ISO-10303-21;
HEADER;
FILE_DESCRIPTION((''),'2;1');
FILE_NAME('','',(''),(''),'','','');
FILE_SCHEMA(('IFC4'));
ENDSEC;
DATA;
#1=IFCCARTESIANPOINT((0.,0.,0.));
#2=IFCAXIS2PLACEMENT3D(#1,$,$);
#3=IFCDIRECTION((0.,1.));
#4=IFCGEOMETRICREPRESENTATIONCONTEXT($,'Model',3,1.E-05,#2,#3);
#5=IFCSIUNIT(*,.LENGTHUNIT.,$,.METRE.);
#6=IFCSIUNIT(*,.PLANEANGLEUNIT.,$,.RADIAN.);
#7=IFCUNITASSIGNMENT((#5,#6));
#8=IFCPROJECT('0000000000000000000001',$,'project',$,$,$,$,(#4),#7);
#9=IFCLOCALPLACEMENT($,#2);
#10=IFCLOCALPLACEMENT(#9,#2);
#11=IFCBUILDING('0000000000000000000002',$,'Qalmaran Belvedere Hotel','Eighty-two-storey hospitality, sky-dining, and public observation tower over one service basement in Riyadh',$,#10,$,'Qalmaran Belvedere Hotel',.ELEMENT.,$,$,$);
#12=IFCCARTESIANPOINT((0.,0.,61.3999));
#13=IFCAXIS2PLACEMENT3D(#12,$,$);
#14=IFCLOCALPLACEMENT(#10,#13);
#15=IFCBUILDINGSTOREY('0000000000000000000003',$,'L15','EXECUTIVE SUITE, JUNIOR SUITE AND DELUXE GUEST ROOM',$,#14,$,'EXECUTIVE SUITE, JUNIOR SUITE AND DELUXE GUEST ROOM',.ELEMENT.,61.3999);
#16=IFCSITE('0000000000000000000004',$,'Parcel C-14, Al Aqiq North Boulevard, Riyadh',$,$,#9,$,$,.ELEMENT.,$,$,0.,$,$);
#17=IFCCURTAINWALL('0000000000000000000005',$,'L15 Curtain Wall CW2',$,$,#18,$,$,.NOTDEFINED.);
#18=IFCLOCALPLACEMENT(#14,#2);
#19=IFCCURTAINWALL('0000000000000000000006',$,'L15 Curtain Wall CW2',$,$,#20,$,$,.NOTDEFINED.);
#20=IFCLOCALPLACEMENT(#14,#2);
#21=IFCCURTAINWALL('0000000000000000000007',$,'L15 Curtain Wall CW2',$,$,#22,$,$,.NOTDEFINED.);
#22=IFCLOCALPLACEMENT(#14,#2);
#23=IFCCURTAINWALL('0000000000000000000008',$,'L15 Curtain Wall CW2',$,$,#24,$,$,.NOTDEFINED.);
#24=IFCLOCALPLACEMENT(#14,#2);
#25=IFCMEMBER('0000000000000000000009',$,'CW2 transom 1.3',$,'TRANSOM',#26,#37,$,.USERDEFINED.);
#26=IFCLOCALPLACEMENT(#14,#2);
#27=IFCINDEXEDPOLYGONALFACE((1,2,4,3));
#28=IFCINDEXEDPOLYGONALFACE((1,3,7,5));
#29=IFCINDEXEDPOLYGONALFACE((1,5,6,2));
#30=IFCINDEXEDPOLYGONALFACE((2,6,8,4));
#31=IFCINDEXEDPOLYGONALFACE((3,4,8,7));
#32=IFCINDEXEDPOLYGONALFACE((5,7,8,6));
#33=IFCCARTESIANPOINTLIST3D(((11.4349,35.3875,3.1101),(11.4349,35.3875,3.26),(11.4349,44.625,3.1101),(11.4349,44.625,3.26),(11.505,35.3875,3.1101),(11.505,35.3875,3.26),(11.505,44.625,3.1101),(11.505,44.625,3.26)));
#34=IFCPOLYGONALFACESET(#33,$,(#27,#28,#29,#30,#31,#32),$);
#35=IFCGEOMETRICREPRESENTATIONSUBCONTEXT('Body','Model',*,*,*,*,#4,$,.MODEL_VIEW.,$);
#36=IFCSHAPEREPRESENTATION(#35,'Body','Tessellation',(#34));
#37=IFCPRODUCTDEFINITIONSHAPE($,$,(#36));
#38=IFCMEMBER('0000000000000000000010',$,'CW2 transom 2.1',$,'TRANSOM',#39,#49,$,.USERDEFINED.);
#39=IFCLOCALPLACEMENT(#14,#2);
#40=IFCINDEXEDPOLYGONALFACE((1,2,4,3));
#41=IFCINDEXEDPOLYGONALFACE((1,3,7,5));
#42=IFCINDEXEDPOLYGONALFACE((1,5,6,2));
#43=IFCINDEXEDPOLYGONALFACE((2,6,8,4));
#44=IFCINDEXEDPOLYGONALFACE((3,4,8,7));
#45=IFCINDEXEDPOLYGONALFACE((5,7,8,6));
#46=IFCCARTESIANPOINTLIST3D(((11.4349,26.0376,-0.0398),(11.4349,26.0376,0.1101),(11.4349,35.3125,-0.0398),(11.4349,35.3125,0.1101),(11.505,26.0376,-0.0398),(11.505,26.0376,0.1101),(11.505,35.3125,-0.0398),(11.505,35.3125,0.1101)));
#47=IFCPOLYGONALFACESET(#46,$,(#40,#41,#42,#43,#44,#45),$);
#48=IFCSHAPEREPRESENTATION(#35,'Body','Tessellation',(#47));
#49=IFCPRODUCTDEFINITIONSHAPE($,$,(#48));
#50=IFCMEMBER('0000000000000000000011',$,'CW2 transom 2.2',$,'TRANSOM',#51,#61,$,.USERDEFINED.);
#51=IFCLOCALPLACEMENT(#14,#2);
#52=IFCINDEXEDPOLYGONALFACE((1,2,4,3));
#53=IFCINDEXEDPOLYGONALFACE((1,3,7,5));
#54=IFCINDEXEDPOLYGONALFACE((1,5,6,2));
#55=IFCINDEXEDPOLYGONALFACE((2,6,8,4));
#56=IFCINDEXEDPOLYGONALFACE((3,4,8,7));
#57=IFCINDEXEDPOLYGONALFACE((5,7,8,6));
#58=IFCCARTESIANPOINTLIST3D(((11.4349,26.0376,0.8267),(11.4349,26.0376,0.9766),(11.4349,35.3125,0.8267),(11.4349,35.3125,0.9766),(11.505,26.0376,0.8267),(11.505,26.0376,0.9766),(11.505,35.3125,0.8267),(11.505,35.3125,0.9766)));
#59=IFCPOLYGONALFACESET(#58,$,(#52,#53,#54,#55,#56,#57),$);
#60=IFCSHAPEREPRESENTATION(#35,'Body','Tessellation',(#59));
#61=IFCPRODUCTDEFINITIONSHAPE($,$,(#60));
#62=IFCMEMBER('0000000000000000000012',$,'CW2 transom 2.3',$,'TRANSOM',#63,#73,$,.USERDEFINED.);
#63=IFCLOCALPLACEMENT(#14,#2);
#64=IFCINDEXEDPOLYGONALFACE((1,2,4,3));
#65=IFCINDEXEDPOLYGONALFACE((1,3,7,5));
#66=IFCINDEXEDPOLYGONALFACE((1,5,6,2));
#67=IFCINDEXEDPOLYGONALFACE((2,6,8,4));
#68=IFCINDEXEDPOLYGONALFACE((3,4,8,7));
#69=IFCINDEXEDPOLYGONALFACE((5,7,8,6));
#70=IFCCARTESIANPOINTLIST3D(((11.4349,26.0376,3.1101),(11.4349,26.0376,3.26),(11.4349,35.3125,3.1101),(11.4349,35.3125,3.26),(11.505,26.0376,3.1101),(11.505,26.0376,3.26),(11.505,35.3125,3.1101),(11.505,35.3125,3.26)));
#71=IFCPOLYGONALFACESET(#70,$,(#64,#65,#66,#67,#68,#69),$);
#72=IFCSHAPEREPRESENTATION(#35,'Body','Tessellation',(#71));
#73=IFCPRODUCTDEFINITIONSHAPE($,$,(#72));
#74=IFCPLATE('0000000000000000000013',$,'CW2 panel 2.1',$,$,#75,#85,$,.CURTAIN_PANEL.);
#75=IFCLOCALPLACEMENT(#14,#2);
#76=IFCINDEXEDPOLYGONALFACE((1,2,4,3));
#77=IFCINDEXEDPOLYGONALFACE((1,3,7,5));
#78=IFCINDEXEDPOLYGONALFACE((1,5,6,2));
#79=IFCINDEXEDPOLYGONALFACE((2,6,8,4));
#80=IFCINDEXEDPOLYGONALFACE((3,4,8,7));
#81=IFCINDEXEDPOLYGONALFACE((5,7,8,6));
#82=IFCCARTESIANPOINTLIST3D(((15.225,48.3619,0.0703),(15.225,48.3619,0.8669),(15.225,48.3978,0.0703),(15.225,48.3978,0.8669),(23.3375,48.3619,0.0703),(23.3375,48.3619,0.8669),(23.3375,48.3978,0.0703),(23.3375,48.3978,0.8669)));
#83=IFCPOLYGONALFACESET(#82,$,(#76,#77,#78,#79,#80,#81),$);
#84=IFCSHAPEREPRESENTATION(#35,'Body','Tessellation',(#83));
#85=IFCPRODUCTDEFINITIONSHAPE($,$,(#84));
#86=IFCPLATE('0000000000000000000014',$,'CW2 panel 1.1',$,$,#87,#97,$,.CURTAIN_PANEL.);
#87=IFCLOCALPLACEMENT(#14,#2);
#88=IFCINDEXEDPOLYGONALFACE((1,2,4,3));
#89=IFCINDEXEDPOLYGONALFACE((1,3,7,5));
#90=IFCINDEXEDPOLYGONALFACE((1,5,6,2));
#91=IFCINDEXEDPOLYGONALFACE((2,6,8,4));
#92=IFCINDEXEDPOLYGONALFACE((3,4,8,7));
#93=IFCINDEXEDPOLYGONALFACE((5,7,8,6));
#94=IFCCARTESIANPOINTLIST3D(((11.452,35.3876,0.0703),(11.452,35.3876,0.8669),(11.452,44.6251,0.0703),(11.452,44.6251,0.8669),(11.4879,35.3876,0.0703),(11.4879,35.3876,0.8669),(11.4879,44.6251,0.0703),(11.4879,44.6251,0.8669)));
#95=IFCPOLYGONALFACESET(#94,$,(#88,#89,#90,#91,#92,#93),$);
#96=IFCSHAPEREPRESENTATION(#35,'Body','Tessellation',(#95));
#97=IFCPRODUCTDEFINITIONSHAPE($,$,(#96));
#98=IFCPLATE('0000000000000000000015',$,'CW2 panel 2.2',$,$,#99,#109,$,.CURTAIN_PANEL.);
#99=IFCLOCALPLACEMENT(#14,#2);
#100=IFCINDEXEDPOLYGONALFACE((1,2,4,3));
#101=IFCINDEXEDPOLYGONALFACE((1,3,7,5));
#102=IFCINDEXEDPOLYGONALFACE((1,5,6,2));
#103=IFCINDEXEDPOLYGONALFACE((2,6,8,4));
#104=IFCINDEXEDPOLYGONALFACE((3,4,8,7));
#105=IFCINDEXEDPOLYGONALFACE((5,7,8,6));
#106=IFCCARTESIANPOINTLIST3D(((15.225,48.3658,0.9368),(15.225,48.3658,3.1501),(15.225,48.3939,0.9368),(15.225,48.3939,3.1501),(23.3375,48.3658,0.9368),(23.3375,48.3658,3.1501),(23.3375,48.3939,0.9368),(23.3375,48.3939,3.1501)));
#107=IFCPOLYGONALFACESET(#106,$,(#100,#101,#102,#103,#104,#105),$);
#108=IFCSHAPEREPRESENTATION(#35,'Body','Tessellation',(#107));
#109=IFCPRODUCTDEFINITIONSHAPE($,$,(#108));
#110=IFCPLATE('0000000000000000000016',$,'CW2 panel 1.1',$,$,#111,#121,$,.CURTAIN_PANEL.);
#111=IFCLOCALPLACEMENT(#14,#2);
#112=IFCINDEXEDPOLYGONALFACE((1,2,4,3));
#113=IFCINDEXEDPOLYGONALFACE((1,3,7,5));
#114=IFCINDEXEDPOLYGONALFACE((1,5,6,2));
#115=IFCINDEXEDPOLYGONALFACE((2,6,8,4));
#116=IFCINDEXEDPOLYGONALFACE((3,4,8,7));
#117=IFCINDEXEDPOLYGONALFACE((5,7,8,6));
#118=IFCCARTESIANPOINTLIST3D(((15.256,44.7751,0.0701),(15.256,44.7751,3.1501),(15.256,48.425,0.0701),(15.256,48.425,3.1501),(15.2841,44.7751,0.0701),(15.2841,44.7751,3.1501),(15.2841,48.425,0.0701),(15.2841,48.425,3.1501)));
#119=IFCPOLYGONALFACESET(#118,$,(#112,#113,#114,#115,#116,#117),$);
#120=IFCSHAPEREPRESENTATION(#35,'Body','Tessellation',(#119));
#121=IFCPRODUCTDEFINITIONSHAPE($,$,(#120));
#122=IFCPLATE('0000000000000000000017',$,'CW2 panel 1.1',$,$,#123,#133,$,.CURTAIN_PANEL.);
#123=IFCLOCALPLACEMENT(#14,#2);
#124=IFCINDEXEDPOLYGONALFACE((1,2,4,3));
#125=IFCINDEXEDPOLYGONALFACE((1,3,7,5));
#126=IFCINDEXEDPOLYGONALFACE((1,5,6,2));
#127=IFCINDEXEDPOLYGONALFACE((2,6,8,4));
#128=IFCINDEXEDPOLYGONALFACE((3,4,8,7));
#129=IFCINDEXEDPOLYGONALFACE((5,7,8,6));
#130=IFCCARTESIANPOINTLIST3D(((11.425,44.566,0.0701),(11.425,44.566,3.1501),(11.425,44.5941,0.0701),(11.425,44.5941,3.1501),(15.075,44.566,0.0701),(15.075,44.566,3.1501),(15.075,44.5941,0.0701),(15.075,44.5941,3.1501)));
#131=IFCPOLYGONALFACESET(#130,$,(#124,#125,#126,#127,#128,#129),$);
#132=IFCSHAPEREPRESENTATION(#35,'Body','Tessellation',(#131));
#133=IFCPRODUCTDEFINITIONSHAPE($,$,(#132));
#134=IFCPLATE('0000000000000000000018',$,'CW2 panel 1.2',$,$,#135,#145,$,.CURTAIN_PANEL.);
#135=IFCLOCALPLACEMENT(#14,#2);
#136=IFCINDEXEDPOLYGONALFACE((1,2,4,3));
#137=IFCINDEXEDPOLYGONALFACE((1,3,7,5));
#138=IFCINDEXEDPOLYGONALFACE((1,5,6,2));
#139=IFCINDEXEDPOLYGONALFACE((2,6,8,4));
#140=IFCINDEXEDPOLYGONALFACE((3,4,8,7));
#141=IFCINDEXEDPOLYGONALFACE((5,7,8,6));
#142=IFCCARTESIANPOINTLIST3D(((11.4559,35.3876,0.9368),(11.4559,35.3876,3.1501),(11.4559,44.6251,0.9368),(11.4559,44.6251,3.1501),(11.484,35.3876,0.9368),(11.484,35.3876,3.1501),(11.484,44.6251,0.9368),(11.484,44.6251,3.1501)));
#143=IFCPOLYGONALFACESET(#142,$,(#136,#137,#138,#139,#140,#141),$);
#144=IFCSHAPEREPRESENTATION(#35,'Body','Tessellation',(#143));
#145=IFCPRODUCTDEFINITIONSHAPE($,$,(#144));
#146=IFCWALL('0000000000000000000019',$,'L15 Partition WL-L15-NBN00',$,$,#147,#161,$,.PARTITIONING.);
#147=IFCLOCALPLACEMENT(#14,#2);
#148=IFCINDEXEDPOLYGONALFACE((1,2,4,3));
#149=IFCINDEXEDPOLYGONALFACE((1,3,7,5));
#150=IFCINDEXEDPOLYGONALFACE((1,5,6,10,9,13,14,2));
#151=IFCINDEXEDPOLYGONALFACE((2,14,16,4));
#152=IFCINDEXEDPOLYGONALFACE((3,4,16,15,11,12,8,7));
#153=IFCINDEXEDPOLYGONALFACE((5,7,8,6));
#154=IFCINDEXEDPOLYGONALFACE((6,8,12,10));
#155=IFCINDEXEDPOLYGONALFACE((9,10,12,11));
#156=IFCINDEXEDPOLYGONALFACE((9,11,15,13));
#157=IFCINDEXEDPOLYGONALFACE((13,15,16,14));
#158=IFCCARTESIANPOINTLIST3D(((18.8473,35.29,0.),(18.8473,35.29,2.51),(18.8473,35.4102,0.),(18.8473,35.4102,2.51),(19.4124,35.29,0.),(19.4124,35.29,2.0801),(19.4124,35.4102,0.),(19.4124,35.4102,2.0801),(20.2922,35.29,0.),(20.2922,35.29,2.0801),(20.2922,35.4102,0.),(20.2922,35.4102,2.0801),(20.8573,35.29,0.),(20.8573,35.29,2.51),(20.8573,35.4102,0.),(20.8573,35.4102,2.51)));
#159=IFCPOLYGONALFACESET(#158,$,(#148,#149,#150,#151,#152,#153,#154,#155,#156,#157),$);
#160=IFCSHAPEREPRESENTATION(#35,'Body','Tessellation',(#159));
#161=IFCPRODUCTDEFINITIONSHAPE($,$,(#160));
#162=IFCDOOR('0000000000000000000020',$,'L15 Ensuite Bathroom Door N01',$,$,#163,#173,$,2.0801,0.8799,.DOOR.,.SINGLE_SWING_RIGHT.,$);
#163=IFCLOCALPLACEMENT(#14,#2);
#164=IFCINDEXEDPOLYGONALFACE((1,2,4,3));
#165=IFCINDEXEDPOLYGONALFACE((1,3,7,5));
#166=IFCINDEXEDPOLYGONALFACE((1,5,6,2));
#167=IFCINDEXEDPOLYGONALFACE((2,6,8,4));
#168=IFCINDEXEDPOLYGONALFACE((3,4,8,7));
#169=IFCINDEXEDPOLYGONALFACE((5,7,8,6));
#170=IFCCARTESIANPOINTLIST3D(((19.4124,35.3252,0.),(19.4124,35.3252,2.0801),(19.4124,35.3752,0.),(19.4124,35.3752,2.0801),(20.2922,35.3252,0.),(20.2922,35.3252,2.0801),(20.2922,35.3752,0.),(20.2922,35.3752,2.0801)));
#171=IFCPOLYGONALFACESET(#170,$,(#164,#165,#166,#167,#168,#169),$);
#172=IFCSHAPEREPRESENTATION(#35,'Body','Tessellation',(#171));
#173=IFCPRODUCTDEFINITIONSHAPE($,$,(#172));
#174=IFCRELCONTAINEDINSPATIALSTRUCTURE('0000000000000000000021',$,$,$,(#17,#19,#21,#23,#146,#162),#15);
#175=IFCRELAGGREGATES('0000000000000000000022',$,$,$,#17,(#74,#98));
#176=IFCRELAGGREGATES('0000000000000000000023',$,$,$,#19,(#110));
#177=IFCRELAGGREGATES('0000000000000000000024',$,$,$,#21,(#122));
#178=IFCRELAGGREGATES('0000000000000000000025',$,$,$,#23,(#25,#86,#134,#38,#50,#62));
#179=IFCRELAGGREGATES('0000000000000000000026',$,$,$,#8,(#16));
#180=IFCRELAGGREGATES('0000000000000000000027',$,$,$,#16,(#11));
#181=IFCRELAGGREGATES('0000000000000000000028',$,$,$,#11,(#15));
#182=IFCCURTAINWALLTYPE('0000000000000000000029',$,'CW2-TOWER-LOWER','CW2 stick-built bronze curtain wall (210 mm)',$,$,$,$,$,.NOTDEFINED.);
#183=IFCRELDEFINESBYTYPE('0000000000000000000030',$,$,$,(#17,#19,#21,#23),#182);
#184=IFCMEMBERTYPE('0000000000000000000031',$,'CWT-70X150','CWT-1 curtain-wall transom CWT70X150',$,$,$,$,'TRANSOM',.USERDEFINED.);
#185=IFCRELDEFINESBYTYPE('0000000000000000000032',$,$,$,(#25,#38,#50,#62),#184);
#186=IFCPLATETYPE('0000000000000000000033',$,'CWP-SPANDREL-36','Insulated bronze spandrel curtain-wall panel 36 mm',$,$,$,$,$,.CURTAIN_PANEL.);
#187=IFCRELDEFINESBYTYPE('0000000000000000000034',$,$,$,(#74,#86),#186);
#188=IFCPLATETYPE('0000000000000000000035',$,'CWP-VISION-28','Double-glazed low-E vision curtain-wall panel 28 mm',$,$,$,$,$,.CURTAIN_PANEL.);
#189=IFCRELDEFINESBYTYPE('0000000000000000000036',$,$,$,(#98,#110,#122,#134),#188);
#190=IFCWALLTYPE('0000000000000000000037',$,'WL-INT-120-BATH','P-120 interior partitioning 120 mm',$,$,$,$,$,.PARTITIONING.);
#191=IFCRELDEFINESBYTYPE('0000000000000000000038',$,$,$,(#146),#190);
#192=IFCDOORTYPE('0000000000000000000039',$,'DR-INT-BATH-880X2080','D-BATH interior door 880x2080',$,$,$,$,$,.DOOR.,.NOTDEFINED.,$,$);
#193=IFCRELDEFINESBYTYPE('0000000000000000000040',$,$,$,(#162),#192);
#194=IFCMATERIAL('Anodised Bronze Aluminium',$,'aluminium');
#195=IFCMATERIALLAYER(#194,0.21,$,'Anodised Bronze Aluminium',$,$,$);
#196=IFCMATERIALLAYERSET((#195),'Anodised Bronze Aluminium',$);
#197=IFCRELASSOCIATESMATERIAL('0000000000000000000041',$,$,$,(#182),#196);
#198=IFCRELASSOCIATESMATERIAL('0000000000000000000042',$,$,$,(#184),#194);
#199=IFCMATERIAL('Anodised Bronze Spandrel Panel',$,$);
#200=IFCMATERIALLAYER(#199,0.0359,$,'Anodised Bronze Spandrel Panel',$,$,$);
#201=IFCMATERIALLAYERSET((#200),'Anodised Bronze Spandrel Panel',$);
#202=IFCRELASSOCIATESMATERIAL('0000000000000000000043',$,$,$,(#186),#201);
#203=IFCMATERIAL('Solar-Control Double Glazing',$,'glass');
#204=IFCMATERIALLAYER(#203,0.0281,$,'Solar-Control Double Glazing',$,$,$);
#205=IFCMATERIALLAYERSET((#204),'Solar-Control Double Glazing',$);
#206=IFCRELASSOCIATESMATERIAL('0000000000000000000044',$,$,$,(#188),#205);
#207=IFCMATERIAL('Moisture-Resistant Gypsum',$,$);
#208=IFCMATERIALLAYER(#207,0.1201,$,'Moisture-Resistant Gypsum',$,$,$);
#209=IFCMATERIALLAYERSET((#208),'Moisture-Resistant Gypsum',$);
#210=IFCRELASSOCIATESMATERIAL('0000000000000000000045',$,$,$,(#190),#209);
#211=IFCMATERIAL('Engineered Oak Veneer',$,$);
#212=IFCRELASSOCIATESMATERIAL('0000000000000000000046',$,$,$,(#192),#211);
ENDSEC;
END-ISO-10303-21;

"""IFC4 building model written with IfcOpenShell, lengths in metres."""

from ifc_helpers import new_model, si_unit, direction, frame, frame_2d, origin, origin_2d, place, context, subcontext, project, spatial, rectangle, extrude, material, layer, layer_set, material_profile, profile_set, type_object, element, fill, aggregate, save


model = new_model("IFC4")

# Units and contexts
model_context = context("Model", 3, precision=1e-05, world=origin(), true_north=direction((0.0, 1.0)))
body_context = subcontext(model_context, "Body", "Model", "MODEL_VIEW")
ifc_project = project(units=[si_unit("LENGTHUNIT", "METRE"), si_unit("PLANEANGLEUNIT", "RADIAN")], contexts=[model_context])

# Site, building, storey
site_placement = place(None, origin())
site = spatial("IfcSite", under=ifc_project, at=site_placement, Name="Parcel C-14, Al Aqiq North Boulevard, Riyadh", CompositionType="ELEMENT", RefElevation=0.0)
building_placement = place(site_placement, origin())
building = spatial("IfcBuilding", under=site, at=building_placement, Name="Qalmaran Belvedere Hotel", Description="Eighty-two-storey hospitality, sky-dining, and public observation tower over one service basement in Riyadh", LongName="Qalmaran Belvedere Hotel", CompositionType="ELEMENT")
storey_placement = place(building_placement, frame((0.0, 0.0, 61.3999)))
storey = spatial("IfcBuildingStorey", under=building, at=storey_placement, Name="L15", Description="EXECUTIVE SUITE, JUNIOR SUITE AND DELUXE GUEST ROOM", LongName="EXECUTIVE SUITE, JUNIOR SUITE AND DELUXE GUEST ROOM", CompositionType="ELEMENT", Elevation=61.3999)

# Curtain wall
ifc_material_1 = material(Name="Anodised Bronze Aluminium", Category="aluminium")
ifc_layer_1 = layer(ifc_material_1, 0.21, Name="Anodised Bronze Aluminium")
ifc_layer_set_1 = layer_set([ifc_layer_1], Name="Anodised Bronze Aluminium")
curtain_wall_type = type_object("IfcCurtainWallType", Name="CW2-TOWER-LOWER", Description="CW2 stick-built bronze curtain wall (210 mm)", PredefinedType="NOTDEFINED", material=ifc_layer_set_1)
curtain_wall_1_placement = place(storey_placement, origin())
curtain_wall_1 = element("IfcCurtainWall", 1, at=curtain_wall_1_placement, inside=storey, type_object=curtain_wall_type, Name="L15 Curtain Wall CW2", PredefinedType="NOTDEFINED")

# Curtain walls
curtain_wall_2_placement = place(storey_placement, origin())
curtain_wall_2 = element("IfcCurtainWall", 2, at=curtain_wall_2_placement, inside=storey, type_object=curtain_wall_type, Name="L15 Curtain Wall CW2", PredefinedType="NOTDEFINED")
curtain_wall_3_placement = place(storey_placement, origin())
curtain_wall_3 = element("IfcCurtainWall", 3, at=curtain_wall_3_placement, inside=storey, type_object=curtain_wall_type, Name="L15 Curtain Wall CW2", PredefinedType="NOTDEFINED")
curtain_wall_4_placement = place(storey_placement, origin())
curtain_wall_4 = element("IfcCurtainWall", 4, at=curtain_wall_4_placement, inside=storey, type_object=curtain_wall_type, Name="L15 Curtain Wall CW2", PredefinedType="NOTDEFINED")

# Members
ifc_material_profile_1 = material_profile(ifc_material_1, rectangle(XDim=0.0701, YDim=0.1499, at=origin_2d()), Name="CWT70X150")
ifc_profile_set_1 = profile_set([ifc_material_profile_1], Name="Anodised Bronze Aluminium")
member_type_1 = type_object("IfcMemberType", Name="CWT-70X150", Description="CWT-1 curtain-wall transom CWT70X150", ElementType="TRANSOM", PredefinedType="USERDEFINED", material=ifc_profile_set_1)
member_1_placement = place(storey_placement, frame((11.47, 44.625, 3.1851), z_axis=(0.0, -1.0, 0.0), x_axis=(1.0, 0.0, 0.0)))
member_1 = element("IfcMember", 5, at=member_1_placement, type_object=member_type_1, Name="CW2 transom 1.3", ObjectType="TRANSOM", PredefinedType="USERDEFINED", context=body_context, shape_type="SweptSolid", body=[
    extrude(rectangle(XDim=0.0701, YDim=0.1499, at=origin_2d()), origin(), (0.0, 0.0, 1.0), 9.2375),
])
member_2_placement = place(storey_placement, frame((11.47, 35.3125, 0.0352), z_axis=(0.0, -1.0, 0.0), x_axis=(1.0, 0.0, 0.0)))
member_2 = element("IfcMember", 6, at=member_2_placement, type_object=member_type_1, Name="CW2 transom 2.1", ObjectType="TRANSOM", PredefinedType="USERDEFINED", context=body_context, shape_type="SweptSolid", body=[
    extrude(rectangle(XDim=0.0701, YDim=0.1499, at=origin_2d()), origin(), (0.0, 0.0, 1.0), 9.2749),
])
member_3_placement = place(storey_placement, frame((11.47, 35.3125, 0.9016), z_axis=(0.0, -1.0, 0.0), x_axis=(1.0, 0.0, 0.0)))
member_3 = element("IfcMember", 7, at=member_3_placement, type_object=member_type_1, Name="CW2 transom 2.2", ObjectType="TRANSOM", PredefinedType="USERDEFINED", context=body_context, shape_type="SweptSolid", body=[
    extrude(rectangle(XDim=0.0701, YDim=0.1499, at=origin_2d()), origin(), (0.0, 0.0, 1.0), 9.2749),
])
member_4_placement = place(storey_placement, frame((11.47, 35.3125, 3.1851), z_axis=(0.0, -1.0, 0.0), x_axis=(1.0, 0.0, 0.0)))
member_4 = element("IfcMember", 8, at=member_4_placement, type_object=member_type_1, Name="CW2 transom 2.3", ObjectType="TRANSOM", PredefinedType="USERDEFINED", context=body_context, shape_type="SweptSolid", body=[
    extrude(rectangle(XDim=0.0701, YDim=0.1499, at=origin_2d()), origin(), (0.0, 0.0, 1.0), 9.2749),
])

# Plates
ifc_material_2 = material(Name="Anodised Bronze Spandrel Panel")
ifc_layer_2 = layer(ifc_material_2, 0.0359, Name="Anodised Bronze Spandrel Panel")
ifc_layer_set_2 = layer_set([ifc_layer_2], Name="Anodised Bronze Spandrel Panel")
plate_type_1 = type_object("IfcPlateType", Name="CWP-SPANDREL-36", Description="Insulated bronze spandrel curtain-wall panel 36 mm", PredefinedType="CURTAIN_PANEL", material=ifc_layer_set_2)
plate_1_placement = place(storey_placement, frame((19.2812, 48.3799, 0.0703), z_axis=(0.0, 0.0, 1.0), x_axis=(-1.0, 0.0, 0.0)))
plate_1 = element("IfcPlate", 9, at=plate_1_placement, type_object=plate_type_1, Name="CW2 panel 2.1", PredefinedType="CURTAIN_PANEL", context=body_context, shape_type="SweptSolid", body=[
    extrude(rectangle(XDim=8.1125, YDim=0.0359, at=origin_2d()), origin(), (0.0, 0.0, 1.0), 0.7966),
])
plate_2_placement = place(storey_placement, frame((11.47, 40.0063, 0.0703), z_axis=(0.0, 0.0, 1.0), x_axis=(0.0, -1.0, 0.0)))
plate_2 = element("IfcPlate", 10, at=plate_2_placement, type_object=plate_type_1, Name="CW2 panel 1.1", PredefinedType="CURTAIN_PANEL", context=body_context, shape_type="SweptSolid", body=[
    extrude(rectangle(XDim=9.2375, YDim=0.0359, at=origin_2d()), origin(), (0.0, 0.0, 1.0), 0.7966),
])
ifc_material_3 = material(Name="Solar-Control Double Glazing", Category="glass")
ifc_layer_3 = layer(ifc_material_3, 0.0281, Name="Solar-Control Double Glazing")
ifc_layer_set_3 = layer_set([ifc_layer_3], Name="Solar-Control Double Glazing")
plate_type_2 = type_object("IfcPlateType", Name="CWP-VISION-28", Description="Double-glazed low-E vision curtain-wall panel 28 mm", PredefinedType="CURTAIN_PANEL", material=ifc_layer_set_3)
plate_3_placement = place(storey_placement, frame((19.2812, 48.3799, 0.9368), z_axis=(0.0, 0.0, 1.0), x_axis=(-1.0, 0.0, 0.0)))
plate_3 = element("IfcPlate", 11, at=plate_3_placement, type_object=plate_type_2, Name="CW2 panel 2.2", PredefinedType="CURTAIN_PANEL", context=body_context, shape_type="SweptSolid", body=[
    extrude(rectangle(XDim=8.1125, YDim=0.0281, at=origin_2d()), origin(), (0.0, 0.0, 1.0), 2.2134),
])
aggregate(curtain_wall_1, [plate_1, plate_3])
plate_4_placement = place(storey_placement, frame((15.27, 46.6001, 0.0701), z_axis=(0.0, 0.0, 1.0), x_axis=(0.0, -1.0, 0.0)))
plate_4 = element("IfcPlate", 12, at=plate_4_placement, type_object=plate_type_2, Name="CW2 panel 1.1", PredefinedType="CURTAIN_PANEL", context=body_context, shape_type="SweptSolid", body=[
    extrude(rectangle(XDim=3.6499, YDim=0.0281, at=origin_2d()), origin(), (0.0, 0.0, 1.0), 3.0801),
])
aggregate(curtain_wall_2, [plate_4])
plate_5_placement = place(storey_placement, frame((13.25, 44.5801, 0.0701), z_axis=(0.0, 0.0, 1.0), x_axis=(-1.0, 0.0, 0.0)))
plate_5 = element("IfcPlate", 13, at=plate_5_placement, type_object=plate_type_2, Name="CW2 panel 1.1", PredefinedType="CURTAIN_PANEL", context=body_context, shape_type="SweptSolid", body=[
    extrude(rectangle(XDim=3.6499, YDim=0.0281, at=origin_2d()), origin(), (0.0, 0.0, 1.0), 3.0801),
])
aggregate(curtain_wall_3, [plate_5])
plate_6_placement = place(storey_placement, frame((11.47, 40.0063, 0.9368), z_axis=(0.0, 0.0, 1.0), x_axis=(0.0, -1.0, 0.0)))
plate_6 = element("IfcPlate", 14, at=plate_6_placement, type_object=plate_type_2, Name="CW2 panel 1.2", PredefinedType="CURTAIN_PANEL", context=body_context, shape_type="SweptSolid", body=[
    extrude(rectangle(XDim=9.2375, YDim=0.0281, at=origin_2d()), origin(), (0.0, 0.0, 1.0), 2.2134),
])
aggregate(curtain_wall_4, [member_1, plate_2, plate_6, member_2, member_3, member_4])

# Wall, opening, door
ifc_material_4 = material(Name="Moisture-Resistant Gypsum")
ifc_layer_4 = layer(ifc_material_4, 0.1201, Name="Moisture-Resistant Gypsum")
ifc_layer_set_4 = layer_set([ifc_layer_4], Name="Moisture-Resistant Gypsum")
wall_type = type_object("IfcWallType", Name="WL-INT-120-BATH", Description="P-120 interior partitioning 120 mm", PredefinedType="PARTITIONING", material=ifc_layer_set_4)
wall_placement = place(storey_placement, frame((18.8474, 35.3501, 0.0), z_axis=(0.0, 0.0, 1.0), x_axis=(1.0, 0.0, 0.0)))
wall = element("IfcWall", 15, at=wall_placement, inside=storey, type_object=wall_type, Name="L15 Partition WL-L15-NBN00", PredefinedType="PARTITIONING", context=body_context, shape_type="SweptSolid", body=[
    extrude(rectangle(XDim=2.01, YDim=0.1201, at=frame_2d((1.0049, 0.0))), origin(), (0.0, 0.0, 1.0), 2.51),
])
opening_placement = place(wall_placement, frame((1.4448, 0.0, 0.0), z_axis=(0.0, 0.0, 1.0), x_axis=(-1.0, 0.0, 0.0)))
opening = element("IfcOpeningElement", 16, at=opening_placement, cuts=wall, PredefinedType="OPENING", context=body_context, shape_type="SweptSolid", body=[
    extrude(rectangle(XDim=0.8799, YDim=2.0801, at=frame_2d((0.4399, 1.04))), frame((0.0, 0.0701, 0.0), z_axis=(0.0, -1.0, 0.0), x_axis=(1.0, 0.0, 0.0)), (0.0, 0.0, 1.0), 0.1401),
])
ifc_material_5 = material(Name="Engineered Oak Veneer")
door_type = type_object("IfcDoorType", Name="DR-INT-BATH-880X2080", Description="D-BATH interior door 880x2080", OperationType="NOTDEFINED", PredefinedType="DOOR", material=ifc_material_5)
door_placement = place(opening_placement, origin())
door = element("IfcDoor", 17, at=door_placement, inside=storey, type_object=door_type, Name="L15 Ensuite Bathroom Door N01", OperationType="SINGLE_SWING_RIGHT", OverallHeight=2.0801, OverallWidth=0.8799, PredefinedType="DOOR", context=body_context, shape_type="SweptSolid", body=[
    extrude(rectangle(XDim=0.8799, YDim=2.0801, at=frame_2d((0.4399, 1.04))), frame((0.0, 0.0249, 0.0), z_axis=(0.0, -1.0, 0.0), x_axis=(1.0, 0.0, 0.0)), (0.0, 0.0, 1.0), 0.05),
])
fill(opening, door)

save(model, "model.ifc")
